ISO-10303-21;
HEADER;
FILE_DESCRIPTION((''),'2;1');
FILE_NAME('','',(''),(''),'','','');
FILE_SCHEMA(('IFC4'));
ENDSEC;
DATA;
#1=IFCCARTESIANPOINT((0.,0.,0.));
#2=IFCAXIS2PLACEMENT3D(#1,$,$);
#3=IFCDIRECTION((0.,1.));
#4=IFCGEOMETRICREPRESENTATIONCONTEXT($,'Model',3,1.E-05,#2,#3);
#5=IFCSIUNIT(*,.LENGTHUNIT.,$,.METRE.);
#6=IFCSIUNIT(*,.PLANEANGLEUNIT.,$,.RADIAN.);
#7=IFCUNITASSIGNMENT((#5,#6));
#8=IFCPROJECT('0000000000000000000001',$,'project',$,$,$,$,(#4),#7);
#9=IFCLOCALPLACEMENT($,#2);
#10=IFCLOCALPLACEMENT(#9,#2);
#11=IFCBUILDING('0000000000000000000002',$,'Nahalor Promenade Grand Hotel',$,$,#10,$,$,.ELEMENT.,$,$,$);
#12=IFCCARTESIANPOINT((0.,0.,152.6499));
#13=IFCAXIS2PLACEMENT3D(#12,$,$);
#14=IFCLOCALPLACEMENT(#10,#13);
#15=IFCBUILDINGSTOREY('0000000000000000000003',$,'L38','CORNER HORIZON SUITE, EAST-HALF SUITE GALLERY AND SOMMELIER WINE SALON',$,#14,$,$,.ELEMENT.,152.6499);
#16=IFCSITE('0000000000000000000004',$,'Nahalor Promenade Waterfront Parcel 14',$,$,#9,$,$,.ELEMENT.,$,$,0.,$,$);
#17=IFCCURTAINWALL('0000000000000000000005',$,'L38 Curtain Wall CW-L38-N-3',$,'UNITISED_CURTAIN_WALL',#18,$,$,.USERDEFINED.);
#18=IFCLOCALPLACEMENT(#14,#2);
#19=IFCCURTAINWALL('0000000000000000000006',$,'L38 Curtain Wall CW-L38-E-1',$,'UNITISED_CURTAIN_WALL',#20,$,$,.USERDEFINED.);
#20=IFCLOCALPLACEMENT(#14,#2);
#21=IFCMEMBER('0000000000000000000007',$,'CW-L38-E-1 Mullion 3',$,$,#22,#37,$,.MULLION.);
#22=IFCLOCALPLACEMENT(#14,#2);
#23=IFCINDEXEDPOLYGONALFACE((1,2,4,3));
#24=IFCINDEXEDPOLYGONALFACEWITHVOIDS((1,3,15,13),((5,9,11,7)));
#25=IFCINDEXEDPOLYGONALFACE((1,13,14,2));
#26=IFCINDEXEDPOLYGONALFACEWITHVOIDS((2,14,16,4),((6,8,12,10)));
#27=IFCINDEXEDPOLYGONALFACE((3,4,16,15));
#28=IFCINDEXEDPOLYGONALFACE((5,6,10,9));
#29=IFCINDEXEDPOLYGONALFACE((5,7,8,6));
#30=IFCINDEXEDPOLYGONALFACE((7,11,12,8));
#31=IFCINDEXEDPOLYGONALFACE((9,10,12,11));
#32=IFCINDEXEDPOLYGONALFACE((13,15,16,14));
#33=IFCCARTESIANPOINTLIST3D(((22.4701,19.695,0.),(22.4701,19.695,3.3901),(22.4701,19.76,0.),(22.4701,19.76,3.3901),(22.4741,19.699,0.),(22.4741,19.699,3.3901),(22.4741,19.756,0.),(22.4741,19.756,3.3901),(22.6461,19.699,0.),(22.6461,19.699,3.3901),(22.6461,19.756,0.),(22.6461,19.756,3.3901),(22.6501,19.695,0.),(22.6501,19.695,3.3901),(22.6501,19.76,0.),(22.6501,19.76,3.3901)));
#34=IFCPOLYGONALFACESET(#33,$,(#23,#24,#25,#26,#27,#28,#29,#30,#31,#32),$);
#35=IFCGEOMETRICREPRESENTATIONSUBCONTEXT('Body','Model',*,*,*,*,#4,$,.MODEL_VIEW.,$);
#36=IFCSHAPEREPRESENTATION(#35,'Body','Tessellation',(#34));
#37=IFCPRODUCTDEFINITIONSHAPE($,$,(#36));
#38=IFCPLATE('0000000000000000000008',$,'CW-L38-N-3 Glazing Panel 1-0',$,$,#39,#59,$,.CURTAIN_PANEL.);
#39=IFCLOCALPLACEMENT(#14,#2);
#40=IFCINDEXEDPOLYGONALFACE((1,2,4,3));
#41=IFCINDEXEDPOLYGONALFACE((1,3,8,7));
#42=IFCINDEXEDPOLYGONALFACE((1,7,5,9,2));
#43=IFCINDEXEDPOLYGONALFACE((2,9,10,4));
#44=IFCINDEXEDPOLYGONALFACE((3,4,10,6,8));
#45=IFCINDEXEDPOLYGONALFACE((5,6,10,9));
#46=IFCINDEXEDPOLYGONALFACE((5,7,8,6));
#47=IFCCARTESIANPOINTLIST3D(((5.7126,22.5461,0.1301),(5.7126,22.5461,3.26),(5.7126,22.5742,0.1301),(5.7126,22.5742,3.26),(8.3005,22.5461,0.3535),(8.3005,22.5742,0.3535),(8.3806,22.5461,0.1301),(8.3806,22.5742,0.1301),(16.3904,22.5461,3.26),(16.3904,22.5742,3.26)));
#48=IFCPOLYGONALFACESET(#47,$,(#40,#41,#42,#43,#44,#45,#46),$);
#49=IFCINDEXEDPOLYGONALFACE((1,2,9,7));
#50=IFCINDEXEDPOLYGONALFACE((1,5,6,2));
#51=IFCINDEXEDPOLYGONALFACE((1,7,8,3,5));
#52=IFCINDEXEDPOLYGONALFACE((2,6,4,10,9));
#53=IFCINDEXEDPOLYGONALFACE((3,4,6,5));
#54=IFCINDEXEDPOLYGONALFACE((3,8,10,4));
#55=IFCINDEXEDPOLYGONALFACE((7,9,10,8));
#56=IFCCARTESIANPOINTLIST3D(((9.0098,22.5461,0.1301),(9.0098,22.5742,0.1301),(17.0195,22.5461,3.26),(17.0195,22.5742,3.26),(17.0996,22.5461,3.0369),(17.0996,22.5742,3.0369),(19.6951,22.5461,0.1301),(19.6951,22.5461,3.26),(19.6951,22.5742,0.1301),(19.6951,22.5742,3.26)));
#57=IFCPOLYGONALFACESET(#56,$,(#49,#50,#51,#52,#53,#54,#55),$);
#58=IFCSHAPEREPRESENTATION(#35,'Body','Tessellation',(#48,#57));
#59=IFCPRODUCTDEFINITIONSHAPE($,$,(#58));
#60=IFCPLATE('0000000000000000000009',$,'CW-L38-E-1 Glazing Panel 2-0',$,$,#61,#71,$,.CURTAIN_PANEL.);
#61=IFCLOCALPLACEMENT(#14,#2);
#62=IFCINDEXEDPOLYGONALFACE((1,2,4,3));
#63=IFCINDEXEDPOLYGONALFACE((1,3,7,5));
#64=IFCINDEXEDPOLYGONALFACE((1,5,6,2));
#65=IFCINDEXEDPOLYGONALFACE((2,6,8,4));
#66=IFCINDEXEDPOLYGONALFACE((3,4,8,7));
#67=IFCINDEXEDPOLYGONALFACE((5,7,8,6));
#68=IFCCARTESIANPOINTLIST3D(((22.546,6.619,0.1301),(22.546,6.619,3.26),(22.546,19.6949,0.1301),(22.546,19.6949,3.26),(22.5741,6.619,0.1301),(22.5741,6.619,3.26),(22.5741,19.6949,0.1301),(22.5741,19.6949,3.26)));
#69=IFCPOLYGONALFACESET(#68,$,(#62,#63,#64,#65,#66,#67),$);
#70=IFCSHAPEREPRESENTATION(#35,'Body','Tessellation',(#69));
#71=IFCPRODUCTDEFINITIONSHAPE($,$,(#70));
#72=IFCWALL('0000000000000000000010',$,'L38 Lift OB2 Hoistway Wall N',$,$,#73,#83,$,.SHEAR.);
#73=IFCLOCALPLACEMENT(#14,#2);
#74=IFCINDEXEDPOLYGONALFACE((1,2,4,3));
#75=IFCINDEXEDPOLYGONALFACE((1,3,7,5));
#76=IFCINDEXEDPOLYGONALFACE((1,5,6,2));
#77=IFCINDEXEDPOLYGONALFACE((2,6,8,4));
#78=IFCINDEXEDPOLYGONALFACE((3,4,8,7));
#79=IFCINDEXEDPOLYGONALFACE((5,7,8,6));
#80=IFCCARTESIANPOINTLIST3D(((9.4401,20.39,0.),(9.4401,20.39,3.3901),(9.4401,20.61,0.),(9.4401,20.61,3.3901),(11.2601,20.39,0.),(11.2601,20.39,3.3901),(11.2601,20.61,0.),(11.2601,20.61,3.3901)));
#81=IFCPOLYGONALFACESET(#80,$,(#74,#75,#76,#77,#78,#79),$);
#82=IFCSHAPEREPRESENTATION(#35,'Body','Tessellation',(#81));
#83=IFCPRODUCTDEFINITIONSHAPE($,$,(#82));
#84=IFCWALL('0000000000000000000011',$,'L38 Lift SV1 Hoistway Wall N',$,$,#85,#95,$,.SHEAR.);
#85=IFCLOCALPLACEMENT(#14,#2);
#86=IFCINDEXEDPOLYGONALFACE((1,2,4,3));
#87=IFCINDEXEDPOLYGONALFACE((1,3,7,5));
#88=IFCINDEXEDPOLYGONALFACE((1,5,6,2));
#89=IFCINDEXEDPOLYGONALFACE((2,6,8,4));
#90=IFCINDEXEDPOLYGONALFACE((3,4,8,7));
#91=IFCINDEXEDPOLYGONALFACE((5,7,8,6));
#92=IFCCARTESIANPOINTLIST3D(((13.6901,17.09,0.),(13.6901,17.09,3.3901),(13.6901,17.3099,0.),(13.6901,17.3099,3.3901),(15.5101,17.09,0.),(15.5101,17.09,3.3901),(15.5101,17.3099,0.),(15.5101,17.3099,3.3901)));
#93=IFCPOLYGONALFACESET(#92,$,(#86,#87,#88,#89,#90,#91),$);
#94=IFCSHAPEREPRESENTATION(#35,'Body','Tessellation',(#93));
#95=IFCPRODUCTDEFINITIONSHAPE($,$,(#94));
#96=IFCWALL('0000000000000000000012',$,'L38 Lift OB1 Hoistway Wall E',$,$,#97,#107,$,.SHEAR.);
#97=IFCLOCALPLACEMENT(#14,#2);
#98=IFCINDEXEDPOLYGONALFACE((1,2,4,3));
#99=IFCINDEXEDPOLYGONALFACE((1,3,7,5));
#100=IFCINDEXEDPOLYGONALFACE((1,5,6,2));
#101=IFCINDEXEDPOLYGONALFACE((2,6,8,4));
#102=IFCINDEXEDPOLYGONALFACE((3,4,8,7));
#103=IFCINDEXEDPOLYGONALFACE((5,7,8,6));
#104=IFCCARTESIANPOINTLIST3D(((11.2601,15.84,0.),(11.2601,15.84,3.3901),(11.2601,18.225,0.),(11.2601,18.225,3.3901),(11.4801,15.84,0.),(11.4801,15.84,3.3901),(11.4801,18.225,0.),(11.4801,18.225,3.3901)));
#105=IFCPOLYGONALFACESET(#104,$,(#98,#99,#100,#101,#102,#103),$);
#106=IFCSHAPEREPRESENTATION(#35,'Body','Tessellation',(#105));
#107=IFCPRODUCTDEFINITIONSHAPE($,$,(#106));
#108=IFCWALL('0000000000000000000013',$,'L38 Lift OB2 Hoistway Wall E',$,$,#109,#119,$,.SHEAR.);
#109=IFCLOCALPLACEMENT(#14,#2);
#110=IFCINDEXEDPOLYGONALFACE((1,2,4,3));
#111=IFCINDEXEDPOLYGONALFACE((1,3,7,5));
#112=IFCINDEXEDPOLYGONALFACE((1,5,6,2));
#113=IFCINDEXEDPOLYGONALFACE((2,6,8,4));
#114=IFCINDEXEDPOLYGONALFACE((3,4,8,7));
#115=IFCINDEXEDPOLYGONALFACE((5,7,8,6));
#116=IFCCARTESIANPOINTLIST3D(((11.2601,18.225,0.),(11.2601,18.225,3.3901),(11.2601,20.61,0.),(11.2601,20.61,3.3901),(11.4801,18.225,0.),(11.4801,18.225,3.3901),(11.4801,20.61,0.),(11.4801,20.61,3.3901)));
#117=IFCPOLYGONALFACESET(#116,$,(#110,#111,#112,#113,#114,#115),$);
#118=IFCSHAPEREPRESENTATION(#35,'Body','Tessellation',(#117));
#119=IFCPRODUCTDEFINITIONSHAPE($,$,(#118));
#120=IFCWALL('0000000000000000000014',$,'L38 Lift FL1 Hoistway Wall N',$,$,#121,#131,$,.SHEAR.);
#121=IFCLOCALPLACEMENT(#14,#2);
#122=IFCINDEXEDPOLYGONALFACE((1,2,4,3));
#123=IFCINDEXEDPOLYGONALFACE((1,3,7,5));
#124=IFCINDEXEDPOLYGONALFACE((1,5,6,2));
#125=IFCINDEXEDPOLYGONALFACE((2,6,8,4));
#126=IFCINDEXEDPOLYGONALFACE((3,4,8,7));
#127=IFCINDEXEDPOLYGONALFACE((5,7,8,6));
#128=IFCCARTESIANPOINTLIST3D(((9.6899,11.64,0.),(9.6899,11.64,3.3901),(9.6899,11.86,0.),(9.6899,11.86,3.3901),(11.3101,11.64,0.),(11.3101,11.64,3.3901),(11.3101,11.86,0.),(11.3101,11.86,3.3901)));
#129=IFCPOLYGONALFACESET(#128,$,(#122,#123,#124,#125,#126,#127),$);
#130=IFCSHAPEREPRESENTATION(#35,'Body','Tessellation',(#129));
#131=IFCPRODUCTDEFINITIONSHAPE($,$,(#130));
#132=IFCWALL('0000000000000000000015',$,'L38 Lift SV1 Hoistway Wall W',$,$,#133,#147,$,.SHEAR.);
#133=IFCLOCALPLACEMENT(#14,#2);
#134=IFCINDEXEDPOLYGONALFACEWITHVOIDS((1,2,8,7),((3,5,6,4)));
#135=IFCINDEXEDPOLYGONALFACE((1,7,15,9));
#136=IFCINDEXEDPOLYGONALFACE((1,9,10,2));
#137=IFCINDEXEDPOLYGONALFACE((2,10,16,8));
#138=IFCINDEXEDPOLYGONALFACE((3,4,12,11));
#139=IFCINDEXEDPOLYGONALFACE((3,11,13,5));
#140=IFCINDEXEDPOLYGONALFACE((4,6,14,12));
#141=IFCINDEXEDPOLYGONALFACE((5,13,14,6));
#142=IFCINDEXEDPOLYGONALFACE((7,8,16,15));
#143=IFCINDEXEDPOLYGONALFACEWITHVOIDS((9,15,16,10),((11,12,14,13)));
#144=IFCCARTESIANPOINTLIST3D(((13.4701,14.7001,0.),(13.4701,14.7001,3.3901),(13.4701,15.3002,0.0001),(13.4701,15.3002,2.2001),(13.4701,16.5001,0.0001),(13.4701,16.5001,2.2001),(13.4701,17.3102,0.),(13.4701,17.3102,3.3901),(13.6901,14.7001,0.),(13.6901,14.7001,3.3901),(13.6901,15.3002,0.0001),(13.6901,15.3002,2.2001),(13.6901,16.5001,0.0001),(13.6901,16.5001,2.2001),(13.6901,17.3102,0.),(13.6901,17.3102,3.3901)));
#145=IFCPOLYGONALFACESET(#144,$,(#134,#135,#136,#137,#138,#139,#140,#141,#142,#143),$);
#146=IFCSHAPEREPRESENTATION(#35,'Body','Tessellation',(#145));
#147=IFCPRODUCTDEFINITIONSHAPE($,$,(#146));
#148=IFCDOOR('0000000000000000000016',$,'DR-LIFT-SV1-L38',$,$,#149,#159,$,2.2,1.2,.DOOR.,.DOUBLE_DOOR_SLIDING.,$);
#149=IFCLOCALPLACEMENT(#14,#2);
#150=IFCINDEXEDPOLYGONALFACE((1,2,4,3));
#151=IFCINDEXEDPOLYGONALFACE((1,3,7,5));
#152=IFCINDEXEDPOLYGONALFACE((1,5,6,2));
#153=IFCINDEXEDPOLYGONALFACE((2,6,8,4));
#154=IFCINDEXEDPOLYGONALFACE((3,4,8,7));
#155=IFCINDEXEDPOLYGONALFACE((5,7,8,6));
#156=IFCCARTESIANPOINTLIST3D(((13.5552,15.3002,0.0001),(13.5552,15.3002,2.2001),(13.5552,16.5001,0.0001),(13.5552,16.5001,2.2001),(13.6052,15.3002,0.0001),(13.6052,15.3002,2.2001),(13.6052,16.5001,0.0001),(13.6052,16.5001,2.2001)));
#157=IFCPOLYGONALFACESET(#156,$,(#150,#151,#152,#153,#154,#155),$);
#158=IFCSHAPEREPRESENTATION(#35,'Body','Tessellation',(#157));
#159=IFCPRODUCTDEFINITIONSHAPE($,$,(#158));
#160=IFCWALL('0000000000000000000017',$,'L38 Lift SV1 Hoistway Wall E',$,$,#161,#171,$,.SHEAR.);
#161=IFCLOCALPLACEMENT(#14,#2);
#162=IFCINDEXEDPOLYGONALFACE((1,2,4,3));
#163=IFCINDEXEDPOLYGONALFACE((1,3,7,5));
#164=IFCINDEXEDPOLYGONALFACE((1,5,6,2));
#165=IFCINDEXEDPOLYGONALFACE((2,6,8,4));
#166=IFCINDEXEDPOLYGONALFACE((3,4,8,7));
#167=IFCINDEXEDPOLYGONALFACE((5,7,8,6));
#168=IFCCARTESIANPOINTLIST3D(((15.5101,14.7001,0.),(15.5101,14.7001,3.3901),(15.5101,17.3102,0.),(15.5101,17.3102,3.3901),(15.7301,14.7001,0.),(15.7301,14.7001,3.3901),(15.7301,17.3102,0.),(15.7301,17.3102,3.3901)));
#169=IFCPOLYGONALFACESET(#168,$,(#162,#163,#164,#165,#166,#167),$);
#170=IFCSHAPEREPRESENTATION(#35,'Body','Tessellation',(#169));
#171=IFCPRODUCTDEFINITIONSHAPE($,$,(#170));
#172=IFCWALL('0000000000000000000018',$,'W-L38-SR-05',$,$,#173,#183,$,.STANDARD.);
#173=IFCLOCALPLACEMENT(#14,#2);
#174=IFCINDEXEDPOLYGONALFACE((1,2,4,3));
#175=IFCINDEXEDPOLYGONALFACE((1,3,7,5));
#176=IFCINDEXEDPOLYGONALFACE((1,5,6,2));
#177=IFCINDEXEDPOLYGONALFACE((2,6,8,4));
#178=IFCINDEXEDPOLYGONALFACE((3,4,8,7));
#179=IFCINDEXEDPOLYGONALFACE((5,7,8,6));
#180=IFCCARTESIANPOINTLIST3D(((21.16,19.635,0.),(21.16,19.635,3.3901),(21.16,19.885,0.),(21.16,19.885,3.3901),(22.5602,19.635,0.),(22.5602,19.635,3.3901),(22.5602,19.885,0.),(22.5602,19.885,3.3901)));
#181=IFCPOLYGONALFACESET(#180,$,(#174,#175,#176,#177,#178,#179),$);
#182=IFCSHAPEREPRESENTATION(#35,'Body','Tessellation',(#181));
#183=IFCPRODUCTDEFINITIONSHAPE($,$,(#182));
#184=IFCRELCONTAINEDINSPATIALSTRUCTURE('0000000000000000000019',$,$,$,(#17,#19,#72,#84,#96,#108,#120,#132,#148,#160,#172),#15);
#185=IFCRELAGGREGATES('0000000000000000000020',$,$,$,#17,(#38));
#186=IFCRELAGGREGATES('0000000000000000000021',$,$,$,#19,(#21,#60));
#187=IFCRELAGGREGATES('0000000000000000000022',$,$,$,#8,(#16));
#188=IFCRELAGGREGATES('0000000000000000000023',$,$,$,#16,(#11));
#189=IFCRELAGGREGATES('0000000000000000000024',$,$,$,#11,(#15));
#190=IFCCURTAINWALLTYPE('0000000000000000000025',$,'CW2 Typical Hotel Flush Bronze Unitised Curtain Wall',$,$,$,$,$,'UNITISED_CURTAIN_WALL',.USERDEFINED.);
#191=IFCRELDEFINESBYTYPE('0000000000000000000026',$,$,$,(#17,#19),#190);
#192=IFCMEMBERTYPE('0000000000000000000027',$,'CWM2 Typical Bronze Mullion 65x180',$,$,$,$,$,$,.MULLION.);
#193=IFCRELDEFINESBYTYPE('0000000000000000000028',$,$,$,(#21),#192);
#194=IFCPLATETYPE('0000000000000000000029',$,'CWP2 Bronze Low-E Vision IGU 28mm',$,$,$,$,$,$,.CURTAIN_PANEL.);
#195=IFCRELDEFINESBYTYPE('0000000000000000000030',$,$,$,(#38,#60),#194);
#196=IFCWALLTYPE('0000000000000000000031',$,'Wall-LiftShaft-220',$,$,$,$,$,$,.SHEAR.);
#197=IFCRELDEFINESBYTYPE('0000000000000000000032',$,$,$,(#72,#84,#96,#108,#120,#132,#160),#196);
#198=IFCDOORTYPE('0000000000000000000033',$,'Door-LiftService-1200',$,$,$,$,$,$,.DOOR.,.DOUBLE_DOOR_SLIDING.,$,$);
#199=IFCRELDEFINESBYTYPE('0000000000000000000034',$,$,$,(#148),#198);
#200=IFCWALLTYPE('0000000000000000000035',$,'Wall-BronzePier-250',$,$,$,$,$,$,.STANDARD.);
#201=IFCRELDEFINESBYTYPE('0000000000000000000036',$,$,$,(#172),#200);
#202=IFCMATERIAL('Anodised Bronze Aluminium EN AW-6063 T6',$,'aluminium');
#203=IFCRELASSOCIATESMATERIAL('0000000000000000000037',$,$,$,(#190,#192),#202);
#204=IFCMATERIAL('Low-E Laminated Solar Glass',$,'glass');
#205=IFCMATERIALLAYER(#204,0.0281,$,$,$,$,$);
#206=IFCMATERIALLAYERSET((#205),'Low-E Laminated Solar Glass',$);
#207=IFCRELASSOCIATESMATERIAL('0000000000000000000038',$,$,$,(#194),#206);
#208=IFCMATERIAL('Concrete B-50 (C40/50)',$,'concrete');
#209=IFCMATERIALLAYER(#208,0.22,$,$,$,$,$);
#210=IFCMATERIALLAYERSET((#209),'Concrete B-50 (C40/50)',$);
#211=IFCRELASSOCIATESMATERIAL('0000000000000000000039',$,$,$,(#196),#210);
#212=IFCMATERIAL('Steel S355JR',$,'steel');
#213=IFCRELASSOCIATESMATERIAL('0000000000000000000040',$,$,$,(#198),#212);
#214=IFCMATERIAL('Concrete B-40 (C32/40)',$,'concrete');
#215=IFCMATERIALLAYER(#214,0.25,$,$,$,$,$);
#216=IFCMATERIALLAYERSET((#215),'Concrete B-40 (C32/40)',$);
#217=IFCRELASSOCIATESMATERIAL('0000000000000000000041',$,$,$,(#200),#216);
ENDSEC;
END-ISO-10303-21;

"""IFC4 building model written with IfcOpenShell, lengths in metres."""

from ifc_helpers import new_model, si_unit, direction, frame, frame_2d, origin, origin_2d, place, context, subcontext, project, spatial, polyline, rectangle, hollow_rectangle, outline, extrude, source, transform, mapped, material, layer, layer_set, material_profile, profile_set, type_object, element, fill, aggregate, save


model = new_model("IFC4")

# Units and contexts
model_context = context("Model", 3, precision=1e-05, world=origin(), true_north=direction((0.0, 1.0)))
body_context = subcontext(model_context, "Body", "Model", "MODEL_VIEW")
ifc_project = project(units=[si_unit("LENGTHUNIT", "METRE"), si_unit("PLANEANGLEUNIT", "RADIAN")], contexts=[model_context])

# Site, building, storey
site_placement = place(None, origin())
site = spatial("IfcSite", under=ifc_project, at=site_placement, Name="Nahalor Promenade Waterfront Parcel 14", CompositionType="ELEMENT", RefElevation=0.0)
building_placement = place(site_placement, origin())
building = spatial("IfcBuilding", under=site, at=building_placement, Name="Nahalor Promenade Grand Hotel", CompositionType="ELEMENT")
storey_placement = place(building_placement, frame((0.0, 0.0, 152.6499)))
storey = spatial("IfcBuildingStorey", under=building, at=storey_placement, Name="L38", Description="CORNER HORIZON SUITE, EAST-HALF SUITE GALLERY AND SOMMELIER WINE SALON", CompositionType="ELEMENT", Elevation=152.6499)

# Shared definitions
ifc_material_1 = material(Name="Steel S355JR", Category="steel")

# Curtain walls, member
ifc_material_2 = material(Name="Anodised Bronze Aluminium EN AW-6063 T6", Category="aluminium")
curtain_wall_type = type_object("IfcCurtainWallType", Name="CW2 Typical Hotel Flush Bronze Unitised Curtain Wall", ElementType="UNITISED_CURTAIN_WALL", PredefinedType="USERDEFINED", material=ifc_material_2)
curtain_wall_1_placement = place(storey_placement, origin())
curtain_wall_1 = element("IfcCurtainWall", 1, at=curtain_wall_1_placement, inside=storey, type_object=curtain_wall_type, Name="L38 Curtain Wall CW-L38-N-3", ObjectType="UNITISED_CURTAIN_WALL", PredefinedType="USERDEFINED")
ifc_material_profile_1 = material_profile(ifc_material_2, hollow_rectangle(XDim=0.065, YDim=0.18, WallThickness=0.004, at=origin_2d()), Name="CWM 65x180x4")
ifc_profile_set_1 = profile_set([ifc_material_profile_1], Name="Anodised Bronze Aluminium EN AW-6063 T6")
member_type = type_object("IfcMemberType", Name="CWM2 Typical Bronze Mullion 65x180", PredefinedType="MULLION", material=ifc_profile_set_1)
shared_shape_1 = source(origin(), body_context, "Body", "SweptSolid", [
    extrude(hollow_rectangle(XDim=0.065, YDim=0.18, WallThickness=0.004, at=origin_2d()), origin(), (0.0, 0.0, 1.0), 3.3901),
])
curtain_wall_2_placement = place(storey_placement, origin())
curtain_wall_2 = element("IfcCurtainWall", 2, at=curtain_wall_2_placement, inside=storey, type_object=curtain_wall_type, Name="L38 Curtain Wall CW-L38-E-1", ObjectType="UNITISED_CURTAIN_WALL", PredefinedType="USERDEFINED")
member_1_placement = place(storey_placement, frame((22.5601, 19.7275, 0.0), z_axis=(0.0, 0.0, 1.0), x_axis=(0.0, 1.0, 0.0)))
member_1 = element("IfcMember", 3, at=member_1_placement, type_object=member_type, Name="CW-L38-E-1 Mullion 3", PredefinedType="MULLION", context=body_context, shape_type="MappedRepresentation", body=[
    mapped(shared_shape_1, transform((0.0, 0.0, 0.0), scale=1.0)),
])

# Plates
ifc_material_3 = material(Name="Low-E Laminated Solar Glass", Category="glass")
ifc_layer_1 = layer(ifc_material_3, 0.0281)
ifc_layer_set_1 = layer_set([ifc_layer_1], Name="Low-E Laminated Solar Glass")
plate_type = type_object("IfcPlateType", Name="CWP2 Bronze Low-E Vision IGU 28mm", PredefinedType="CURTAIN_PANEL", material=ifc_layer_set_1)
plate_1_placement = place(storey_placement, frame((12.7039, 22.5601, 0.1301), z_axis=(0.0, 0.0, 1.0), x_axis=(1.0, 0.0, 0.0)))
plate_1 = element("IfcPlate", 4, at=plate_1_placement, type_object=plate_type, Name="CW-L38-N-3 Glazing Panel 1-0", PredefinedType="CURTAIN_PANEL", context=body_context, shape_type="SweptSolid", body=[
    extrude(outline(polyline([(-6.9912, 3.1299), (-6.9912, 0.0), (-4.3232, 0.0), (-4.4033, 0.2234), (3.6865, 3.1299), (-6.9912, 3.1299)])), frame((0.0, 0.0142, 0.0), z_axis=(0.0, -1.0, 0.0), x_axis=(1.0, 0.0, 0.0)), (0.0, 0.0, 1.0), 0.0281),
    extrude(outline(polyline([(6.9912, 0.0), (6.9912, 3.1299), (4.3157, 3.1299), (4.3958, 2.9067), (-3.6941, 0.0), (6.9912, 0.0)])), frame((0.0, 0.0142, 0.0), z_axis=(0.0, -1.0, 0.0), x_axis=(1.0, 0.0, 0.0)), (0.0, 0.0, 1.0), 0.0281),
])
aggregate(curtain_wall_1, [plate_1])
shared_shape_2 = source(origin(), body_context, "Body", "SweptSolid", [
    extrude(rectangle(XDim=13.0759, YDim=0.0281, at=origin_2d()), origin(), (0.0, 0.0, 1.0), 3.1299),
])
plate_2_placement = place(storey_placement, frame((22.5601, 13.157, 0.1301), z_axis=(0.0, 0.0, 1.0), x_axis=(0.0, 1.0, 0.0)))
plate_2 = element("IfcPlate", 5, at=plate_2_placement, type_object=plate_type, Name="CW-L38-E-1 Glazing Panel 2-0", PredefinedType="CURTAIN_PANEL", context=body_context, shape_type="MappedRepresentation", body=[
    mapped(shared_shape_2, transform((0.0, 0.0, 0.0), scale=1.0)),
])
aggregate(curtain_wall_2, [member_1, plate_2])

# Walls
ifc_material_4 = material(Name="Concrete B-50 (C40/50)", Category="concrete")
ifc_layer_2 = layer(ifc_material_4, 0.22)
ifc_layer_set_2 = layer_set([ifc_layer_2], Name="Concrete B-50 (C40/50)")
wall_type_1 = type_object("IfcWallType", Name="Wall-LiftShaft-220", PredefinedType="SHEAR", material=ifc_layer_set_2)
shared_shape_3 = source(origin(), body_context, "Body", "SweptSolid", [
    extrude(rectangle(XDim=1.8201, YDim=0.22, at=frame_2d((0.9102, 0.0))), origin(), (0.0, 0.0, 1.0), 3.3901),
])
for number, where, z_axis, x_axis, name in (
    (6, (9.4399, 20.5, 0.0), (0.0, 0.0, 1.0), (1.0, 0.0, 0.0), "L38 Lift OB2 Hoistway Wall N"),
    (7, (13.6899, 17.2, 0.0), (0.0, 0.0, 1.0), (1.0, 0.0, 0.0), "L38 Lift SV1 Hoistway Wall N"),
):
    element("IfcWall", number, at=place(storey_placement, frame(where, z_axis=z_axis, x_axis=x_axis)), inside=storey, type_object=wall_type_1, Name=name, PredefinedType="SHEAR", context=body_context, shape_type="MappedRepresentation", body=[
        mapped(shared_shape_3, transform((0.0, 0.0, 0.0), scale=1.0)),
    ])
shared_shape_4 = source(origin(), body_context, "Body", "SweptSolid", [
    extrude(rectangle(XDim=2.385, YDim=0.22, at=frame_2d((1.1924, 0.0))), origin(), (0.0, 0.0, 1.0), 3.3901),
])
for number, where, z_axis, x_axis, name in (
    (8, (11.3701, 15.8401, 0.0), (0.0, 0.0, 1.0), (0.0, 1.0, 0.0), "L38 Lift OB1 Hoistway Wall E"),
    (9, (11.3701, 18.2251, 0.0), (0.0, 0.0, 1.0), (0.0, 1.0, 0.0), "L38 Lift OB2 Hoistway Wall E"),
):
    element("IfcWall", number, at=place(storey_placement, frame(where, z_axis=z_axis, x_axis=x_axis)), inside=storey, type_object=wall_type_1, Name=name, PredefinedType="SHEAR", context=body_context, shape_type="MappedRepresentation", body=[
        mapped(shared_shape_4, transform((0.0, 0.0, 0.0), scale=1.0)),
    ])
shared_shape_5 = source(origin(), body_context, "Body", "SweptSolid", [
    extrude(rectangle(XDim=1.6201, YDim=0.22, at=frame_2d((0.8101, 0.0))), origin(), (0.0, 0.0, 1.0), 3.3901),
])
wall_1_placement = place(storey_placement, frame((9.6899, 11.75, 0.0), z_axis=(0.0, 0.0, 1.0), x_axis=(1.0, 0.0, 0.0)))
element("IfcWall", 10, at=wall_1_placement, inside=storey, type_object=wall_type_1, Name="L38 Lift FL1 Hoistway Wall N", PredefinedType="SHEAR", context=body_context, shape_type="MappedRepresentation", body=[
    mapped(shared_shape_5, transform((0.0, 0.0, 0.0), scale=1.0)),
])

# Wall, opening, door
shared_shape_6 = source(origin(), body_context, "Body", "SweptSolid", [
    extrude(rectangle(XDim=2.6101, YDim=0.22, at=frame_2d((1.3052, 0.0))), origin(), (0.0, 0.0, 1.0), 3.3901),
])
wall_2_placement = place(storey_placement, frame((13.5801, 14.7, 0.0), z_axis=(0.0, 0.0, 1.0), x_axis=(0.0, 1.0, 0.0)))
wall_2 = element("IfcWall", 11, at=wall_2_placement, inside=storey, type_object=wall_type_1, Name="L38 Lift SV1 Hoistway Wall W", PredefinedType="SHEAR", context=body_context, shape_type="MappedRepresentation", body=[
    mapped(shared_shape_6, transform((0.0, 0.0, 0.0), scale=1.0)),
])
opening_1_placement = place(wall_2_placement, frame((0.6001, 0.0, 0.0)))
opening_1 = element("IfcOpeningElement", 12, at=opening_1_placement, cuts=wall_2, PredefinedType="OPENING", context=body_context, shape_type="SweptSolid", body=[
    extrude(rectangle(XDim=1.2, YDim=2.2, at=frame_2d((0.6001, 1.1001))), frame((0.0, 0.1199, 0.0), z_axis=(0.0, -1.0, 0.0), x_axis=(1.0, 0.0, 0.0)), (0.0, 0.0, 1.0), 0.24),
])
door_type_1 = type_object("IfcDoorType", Name="Door-LiftService-1200", OperationType="DOUBLE_DOOR_SLIDING", PredefinedType="DOOR", material=ifc_material_1)
shared_shape_7 = source(origin(), body_context, "Body", "SweptSolid", [
    extrude(rectangle(XDim=1.2, YDim=2.2, at=frame_2d((0.6001, 1.1001))), frame((0.0, 0.0249, 0.0), z_axis=(0.0, -1.0, 0.0), x_axis=(1.0, 0.0, 0.0)), (0.0, 0.0, 1.0), 0.05),
])
door_1_placement = place(opening_1_placement, origin())
door_1 = element("IfcDoor", 13, at=door_1_placement, inside=storey, type_object=door_type_1, Name="DR-LIFT-SV1-L38", OperationType="DOUBLE_DOOR_SLIDING", OverallHeight=2.2, OverallWidth=1.2, PredefinedType="DOOR", context=body_context, shape_type="MappedRepresentation", body=[
    mapped(shared_shape_7, transform((0.0, 0.0, 0.0), scale=1.0)),
])
fill(opening_1, door_1)

# Walls
wall_3_placement = place(storey_placement, frame((15.6201, 14.7, 0.0), z_axis=(0.0, 0.0, 1.0), x_axis=(0.0, 1.0, 0.0)))
element("IfcWall", 14, at=wall_3_placement, inside=storey, type_object=wall_type_1, Name="L38 Lift SV1 Hoistway Wall E", PredefinedType="SHEAR", context=body_context, shape_type="MappedRepresentation", body=[
    mapped(shared_shape_6, transform((0.0, 0.0, 0.0), scale=1.0)),
])
ifc_material_5 = material(Name="Concrete B-40 (C32/40)", Category="concrete")
ifc_layer_3 = layer(ifc_material_5, 0.25)
ifc_layer_set_3 = layer_set([ifc_layer_3], Name="Concrete B-40 (C32/40)")
wall_type_2 = type_object("IfcWallType", Name="Wall-BronzePier-250", PredefinedType="STANDARD", material=ifc_layer_set_3)
shared_shape_8 = source(origin(), body_context, "Body", "SweptSolid", [
    extrude(rectangle(XDim=1.4001, YDim=0.25, at=frame_2d((0.7002, 0.0))), origin(), (0.0, 0.0, 1.0), 3.3901),
])
for number, where, z_axis, x_axis, name in (
    (15, (21.1599, 19.76, 0.0), (0.0, 0.0, 1.0), (1.0, 0.0, 0.0), "W-L38-SR-05"),
):
    element("IfcWall", number, at=place(storey_placement, frame(where, z_axis=z_axis, x_axis=x_axis)), inside=storey, type_object=wall_type_2, Name=name, PredefinedType="STANDARD", context=body_context, shape_type="MappedRepresentation", body=[
        mapped(shared_shape_8, transform((0.0, 0.0, 0.0), scale=1.0)),
    ])

save(model, "model.ifc")
